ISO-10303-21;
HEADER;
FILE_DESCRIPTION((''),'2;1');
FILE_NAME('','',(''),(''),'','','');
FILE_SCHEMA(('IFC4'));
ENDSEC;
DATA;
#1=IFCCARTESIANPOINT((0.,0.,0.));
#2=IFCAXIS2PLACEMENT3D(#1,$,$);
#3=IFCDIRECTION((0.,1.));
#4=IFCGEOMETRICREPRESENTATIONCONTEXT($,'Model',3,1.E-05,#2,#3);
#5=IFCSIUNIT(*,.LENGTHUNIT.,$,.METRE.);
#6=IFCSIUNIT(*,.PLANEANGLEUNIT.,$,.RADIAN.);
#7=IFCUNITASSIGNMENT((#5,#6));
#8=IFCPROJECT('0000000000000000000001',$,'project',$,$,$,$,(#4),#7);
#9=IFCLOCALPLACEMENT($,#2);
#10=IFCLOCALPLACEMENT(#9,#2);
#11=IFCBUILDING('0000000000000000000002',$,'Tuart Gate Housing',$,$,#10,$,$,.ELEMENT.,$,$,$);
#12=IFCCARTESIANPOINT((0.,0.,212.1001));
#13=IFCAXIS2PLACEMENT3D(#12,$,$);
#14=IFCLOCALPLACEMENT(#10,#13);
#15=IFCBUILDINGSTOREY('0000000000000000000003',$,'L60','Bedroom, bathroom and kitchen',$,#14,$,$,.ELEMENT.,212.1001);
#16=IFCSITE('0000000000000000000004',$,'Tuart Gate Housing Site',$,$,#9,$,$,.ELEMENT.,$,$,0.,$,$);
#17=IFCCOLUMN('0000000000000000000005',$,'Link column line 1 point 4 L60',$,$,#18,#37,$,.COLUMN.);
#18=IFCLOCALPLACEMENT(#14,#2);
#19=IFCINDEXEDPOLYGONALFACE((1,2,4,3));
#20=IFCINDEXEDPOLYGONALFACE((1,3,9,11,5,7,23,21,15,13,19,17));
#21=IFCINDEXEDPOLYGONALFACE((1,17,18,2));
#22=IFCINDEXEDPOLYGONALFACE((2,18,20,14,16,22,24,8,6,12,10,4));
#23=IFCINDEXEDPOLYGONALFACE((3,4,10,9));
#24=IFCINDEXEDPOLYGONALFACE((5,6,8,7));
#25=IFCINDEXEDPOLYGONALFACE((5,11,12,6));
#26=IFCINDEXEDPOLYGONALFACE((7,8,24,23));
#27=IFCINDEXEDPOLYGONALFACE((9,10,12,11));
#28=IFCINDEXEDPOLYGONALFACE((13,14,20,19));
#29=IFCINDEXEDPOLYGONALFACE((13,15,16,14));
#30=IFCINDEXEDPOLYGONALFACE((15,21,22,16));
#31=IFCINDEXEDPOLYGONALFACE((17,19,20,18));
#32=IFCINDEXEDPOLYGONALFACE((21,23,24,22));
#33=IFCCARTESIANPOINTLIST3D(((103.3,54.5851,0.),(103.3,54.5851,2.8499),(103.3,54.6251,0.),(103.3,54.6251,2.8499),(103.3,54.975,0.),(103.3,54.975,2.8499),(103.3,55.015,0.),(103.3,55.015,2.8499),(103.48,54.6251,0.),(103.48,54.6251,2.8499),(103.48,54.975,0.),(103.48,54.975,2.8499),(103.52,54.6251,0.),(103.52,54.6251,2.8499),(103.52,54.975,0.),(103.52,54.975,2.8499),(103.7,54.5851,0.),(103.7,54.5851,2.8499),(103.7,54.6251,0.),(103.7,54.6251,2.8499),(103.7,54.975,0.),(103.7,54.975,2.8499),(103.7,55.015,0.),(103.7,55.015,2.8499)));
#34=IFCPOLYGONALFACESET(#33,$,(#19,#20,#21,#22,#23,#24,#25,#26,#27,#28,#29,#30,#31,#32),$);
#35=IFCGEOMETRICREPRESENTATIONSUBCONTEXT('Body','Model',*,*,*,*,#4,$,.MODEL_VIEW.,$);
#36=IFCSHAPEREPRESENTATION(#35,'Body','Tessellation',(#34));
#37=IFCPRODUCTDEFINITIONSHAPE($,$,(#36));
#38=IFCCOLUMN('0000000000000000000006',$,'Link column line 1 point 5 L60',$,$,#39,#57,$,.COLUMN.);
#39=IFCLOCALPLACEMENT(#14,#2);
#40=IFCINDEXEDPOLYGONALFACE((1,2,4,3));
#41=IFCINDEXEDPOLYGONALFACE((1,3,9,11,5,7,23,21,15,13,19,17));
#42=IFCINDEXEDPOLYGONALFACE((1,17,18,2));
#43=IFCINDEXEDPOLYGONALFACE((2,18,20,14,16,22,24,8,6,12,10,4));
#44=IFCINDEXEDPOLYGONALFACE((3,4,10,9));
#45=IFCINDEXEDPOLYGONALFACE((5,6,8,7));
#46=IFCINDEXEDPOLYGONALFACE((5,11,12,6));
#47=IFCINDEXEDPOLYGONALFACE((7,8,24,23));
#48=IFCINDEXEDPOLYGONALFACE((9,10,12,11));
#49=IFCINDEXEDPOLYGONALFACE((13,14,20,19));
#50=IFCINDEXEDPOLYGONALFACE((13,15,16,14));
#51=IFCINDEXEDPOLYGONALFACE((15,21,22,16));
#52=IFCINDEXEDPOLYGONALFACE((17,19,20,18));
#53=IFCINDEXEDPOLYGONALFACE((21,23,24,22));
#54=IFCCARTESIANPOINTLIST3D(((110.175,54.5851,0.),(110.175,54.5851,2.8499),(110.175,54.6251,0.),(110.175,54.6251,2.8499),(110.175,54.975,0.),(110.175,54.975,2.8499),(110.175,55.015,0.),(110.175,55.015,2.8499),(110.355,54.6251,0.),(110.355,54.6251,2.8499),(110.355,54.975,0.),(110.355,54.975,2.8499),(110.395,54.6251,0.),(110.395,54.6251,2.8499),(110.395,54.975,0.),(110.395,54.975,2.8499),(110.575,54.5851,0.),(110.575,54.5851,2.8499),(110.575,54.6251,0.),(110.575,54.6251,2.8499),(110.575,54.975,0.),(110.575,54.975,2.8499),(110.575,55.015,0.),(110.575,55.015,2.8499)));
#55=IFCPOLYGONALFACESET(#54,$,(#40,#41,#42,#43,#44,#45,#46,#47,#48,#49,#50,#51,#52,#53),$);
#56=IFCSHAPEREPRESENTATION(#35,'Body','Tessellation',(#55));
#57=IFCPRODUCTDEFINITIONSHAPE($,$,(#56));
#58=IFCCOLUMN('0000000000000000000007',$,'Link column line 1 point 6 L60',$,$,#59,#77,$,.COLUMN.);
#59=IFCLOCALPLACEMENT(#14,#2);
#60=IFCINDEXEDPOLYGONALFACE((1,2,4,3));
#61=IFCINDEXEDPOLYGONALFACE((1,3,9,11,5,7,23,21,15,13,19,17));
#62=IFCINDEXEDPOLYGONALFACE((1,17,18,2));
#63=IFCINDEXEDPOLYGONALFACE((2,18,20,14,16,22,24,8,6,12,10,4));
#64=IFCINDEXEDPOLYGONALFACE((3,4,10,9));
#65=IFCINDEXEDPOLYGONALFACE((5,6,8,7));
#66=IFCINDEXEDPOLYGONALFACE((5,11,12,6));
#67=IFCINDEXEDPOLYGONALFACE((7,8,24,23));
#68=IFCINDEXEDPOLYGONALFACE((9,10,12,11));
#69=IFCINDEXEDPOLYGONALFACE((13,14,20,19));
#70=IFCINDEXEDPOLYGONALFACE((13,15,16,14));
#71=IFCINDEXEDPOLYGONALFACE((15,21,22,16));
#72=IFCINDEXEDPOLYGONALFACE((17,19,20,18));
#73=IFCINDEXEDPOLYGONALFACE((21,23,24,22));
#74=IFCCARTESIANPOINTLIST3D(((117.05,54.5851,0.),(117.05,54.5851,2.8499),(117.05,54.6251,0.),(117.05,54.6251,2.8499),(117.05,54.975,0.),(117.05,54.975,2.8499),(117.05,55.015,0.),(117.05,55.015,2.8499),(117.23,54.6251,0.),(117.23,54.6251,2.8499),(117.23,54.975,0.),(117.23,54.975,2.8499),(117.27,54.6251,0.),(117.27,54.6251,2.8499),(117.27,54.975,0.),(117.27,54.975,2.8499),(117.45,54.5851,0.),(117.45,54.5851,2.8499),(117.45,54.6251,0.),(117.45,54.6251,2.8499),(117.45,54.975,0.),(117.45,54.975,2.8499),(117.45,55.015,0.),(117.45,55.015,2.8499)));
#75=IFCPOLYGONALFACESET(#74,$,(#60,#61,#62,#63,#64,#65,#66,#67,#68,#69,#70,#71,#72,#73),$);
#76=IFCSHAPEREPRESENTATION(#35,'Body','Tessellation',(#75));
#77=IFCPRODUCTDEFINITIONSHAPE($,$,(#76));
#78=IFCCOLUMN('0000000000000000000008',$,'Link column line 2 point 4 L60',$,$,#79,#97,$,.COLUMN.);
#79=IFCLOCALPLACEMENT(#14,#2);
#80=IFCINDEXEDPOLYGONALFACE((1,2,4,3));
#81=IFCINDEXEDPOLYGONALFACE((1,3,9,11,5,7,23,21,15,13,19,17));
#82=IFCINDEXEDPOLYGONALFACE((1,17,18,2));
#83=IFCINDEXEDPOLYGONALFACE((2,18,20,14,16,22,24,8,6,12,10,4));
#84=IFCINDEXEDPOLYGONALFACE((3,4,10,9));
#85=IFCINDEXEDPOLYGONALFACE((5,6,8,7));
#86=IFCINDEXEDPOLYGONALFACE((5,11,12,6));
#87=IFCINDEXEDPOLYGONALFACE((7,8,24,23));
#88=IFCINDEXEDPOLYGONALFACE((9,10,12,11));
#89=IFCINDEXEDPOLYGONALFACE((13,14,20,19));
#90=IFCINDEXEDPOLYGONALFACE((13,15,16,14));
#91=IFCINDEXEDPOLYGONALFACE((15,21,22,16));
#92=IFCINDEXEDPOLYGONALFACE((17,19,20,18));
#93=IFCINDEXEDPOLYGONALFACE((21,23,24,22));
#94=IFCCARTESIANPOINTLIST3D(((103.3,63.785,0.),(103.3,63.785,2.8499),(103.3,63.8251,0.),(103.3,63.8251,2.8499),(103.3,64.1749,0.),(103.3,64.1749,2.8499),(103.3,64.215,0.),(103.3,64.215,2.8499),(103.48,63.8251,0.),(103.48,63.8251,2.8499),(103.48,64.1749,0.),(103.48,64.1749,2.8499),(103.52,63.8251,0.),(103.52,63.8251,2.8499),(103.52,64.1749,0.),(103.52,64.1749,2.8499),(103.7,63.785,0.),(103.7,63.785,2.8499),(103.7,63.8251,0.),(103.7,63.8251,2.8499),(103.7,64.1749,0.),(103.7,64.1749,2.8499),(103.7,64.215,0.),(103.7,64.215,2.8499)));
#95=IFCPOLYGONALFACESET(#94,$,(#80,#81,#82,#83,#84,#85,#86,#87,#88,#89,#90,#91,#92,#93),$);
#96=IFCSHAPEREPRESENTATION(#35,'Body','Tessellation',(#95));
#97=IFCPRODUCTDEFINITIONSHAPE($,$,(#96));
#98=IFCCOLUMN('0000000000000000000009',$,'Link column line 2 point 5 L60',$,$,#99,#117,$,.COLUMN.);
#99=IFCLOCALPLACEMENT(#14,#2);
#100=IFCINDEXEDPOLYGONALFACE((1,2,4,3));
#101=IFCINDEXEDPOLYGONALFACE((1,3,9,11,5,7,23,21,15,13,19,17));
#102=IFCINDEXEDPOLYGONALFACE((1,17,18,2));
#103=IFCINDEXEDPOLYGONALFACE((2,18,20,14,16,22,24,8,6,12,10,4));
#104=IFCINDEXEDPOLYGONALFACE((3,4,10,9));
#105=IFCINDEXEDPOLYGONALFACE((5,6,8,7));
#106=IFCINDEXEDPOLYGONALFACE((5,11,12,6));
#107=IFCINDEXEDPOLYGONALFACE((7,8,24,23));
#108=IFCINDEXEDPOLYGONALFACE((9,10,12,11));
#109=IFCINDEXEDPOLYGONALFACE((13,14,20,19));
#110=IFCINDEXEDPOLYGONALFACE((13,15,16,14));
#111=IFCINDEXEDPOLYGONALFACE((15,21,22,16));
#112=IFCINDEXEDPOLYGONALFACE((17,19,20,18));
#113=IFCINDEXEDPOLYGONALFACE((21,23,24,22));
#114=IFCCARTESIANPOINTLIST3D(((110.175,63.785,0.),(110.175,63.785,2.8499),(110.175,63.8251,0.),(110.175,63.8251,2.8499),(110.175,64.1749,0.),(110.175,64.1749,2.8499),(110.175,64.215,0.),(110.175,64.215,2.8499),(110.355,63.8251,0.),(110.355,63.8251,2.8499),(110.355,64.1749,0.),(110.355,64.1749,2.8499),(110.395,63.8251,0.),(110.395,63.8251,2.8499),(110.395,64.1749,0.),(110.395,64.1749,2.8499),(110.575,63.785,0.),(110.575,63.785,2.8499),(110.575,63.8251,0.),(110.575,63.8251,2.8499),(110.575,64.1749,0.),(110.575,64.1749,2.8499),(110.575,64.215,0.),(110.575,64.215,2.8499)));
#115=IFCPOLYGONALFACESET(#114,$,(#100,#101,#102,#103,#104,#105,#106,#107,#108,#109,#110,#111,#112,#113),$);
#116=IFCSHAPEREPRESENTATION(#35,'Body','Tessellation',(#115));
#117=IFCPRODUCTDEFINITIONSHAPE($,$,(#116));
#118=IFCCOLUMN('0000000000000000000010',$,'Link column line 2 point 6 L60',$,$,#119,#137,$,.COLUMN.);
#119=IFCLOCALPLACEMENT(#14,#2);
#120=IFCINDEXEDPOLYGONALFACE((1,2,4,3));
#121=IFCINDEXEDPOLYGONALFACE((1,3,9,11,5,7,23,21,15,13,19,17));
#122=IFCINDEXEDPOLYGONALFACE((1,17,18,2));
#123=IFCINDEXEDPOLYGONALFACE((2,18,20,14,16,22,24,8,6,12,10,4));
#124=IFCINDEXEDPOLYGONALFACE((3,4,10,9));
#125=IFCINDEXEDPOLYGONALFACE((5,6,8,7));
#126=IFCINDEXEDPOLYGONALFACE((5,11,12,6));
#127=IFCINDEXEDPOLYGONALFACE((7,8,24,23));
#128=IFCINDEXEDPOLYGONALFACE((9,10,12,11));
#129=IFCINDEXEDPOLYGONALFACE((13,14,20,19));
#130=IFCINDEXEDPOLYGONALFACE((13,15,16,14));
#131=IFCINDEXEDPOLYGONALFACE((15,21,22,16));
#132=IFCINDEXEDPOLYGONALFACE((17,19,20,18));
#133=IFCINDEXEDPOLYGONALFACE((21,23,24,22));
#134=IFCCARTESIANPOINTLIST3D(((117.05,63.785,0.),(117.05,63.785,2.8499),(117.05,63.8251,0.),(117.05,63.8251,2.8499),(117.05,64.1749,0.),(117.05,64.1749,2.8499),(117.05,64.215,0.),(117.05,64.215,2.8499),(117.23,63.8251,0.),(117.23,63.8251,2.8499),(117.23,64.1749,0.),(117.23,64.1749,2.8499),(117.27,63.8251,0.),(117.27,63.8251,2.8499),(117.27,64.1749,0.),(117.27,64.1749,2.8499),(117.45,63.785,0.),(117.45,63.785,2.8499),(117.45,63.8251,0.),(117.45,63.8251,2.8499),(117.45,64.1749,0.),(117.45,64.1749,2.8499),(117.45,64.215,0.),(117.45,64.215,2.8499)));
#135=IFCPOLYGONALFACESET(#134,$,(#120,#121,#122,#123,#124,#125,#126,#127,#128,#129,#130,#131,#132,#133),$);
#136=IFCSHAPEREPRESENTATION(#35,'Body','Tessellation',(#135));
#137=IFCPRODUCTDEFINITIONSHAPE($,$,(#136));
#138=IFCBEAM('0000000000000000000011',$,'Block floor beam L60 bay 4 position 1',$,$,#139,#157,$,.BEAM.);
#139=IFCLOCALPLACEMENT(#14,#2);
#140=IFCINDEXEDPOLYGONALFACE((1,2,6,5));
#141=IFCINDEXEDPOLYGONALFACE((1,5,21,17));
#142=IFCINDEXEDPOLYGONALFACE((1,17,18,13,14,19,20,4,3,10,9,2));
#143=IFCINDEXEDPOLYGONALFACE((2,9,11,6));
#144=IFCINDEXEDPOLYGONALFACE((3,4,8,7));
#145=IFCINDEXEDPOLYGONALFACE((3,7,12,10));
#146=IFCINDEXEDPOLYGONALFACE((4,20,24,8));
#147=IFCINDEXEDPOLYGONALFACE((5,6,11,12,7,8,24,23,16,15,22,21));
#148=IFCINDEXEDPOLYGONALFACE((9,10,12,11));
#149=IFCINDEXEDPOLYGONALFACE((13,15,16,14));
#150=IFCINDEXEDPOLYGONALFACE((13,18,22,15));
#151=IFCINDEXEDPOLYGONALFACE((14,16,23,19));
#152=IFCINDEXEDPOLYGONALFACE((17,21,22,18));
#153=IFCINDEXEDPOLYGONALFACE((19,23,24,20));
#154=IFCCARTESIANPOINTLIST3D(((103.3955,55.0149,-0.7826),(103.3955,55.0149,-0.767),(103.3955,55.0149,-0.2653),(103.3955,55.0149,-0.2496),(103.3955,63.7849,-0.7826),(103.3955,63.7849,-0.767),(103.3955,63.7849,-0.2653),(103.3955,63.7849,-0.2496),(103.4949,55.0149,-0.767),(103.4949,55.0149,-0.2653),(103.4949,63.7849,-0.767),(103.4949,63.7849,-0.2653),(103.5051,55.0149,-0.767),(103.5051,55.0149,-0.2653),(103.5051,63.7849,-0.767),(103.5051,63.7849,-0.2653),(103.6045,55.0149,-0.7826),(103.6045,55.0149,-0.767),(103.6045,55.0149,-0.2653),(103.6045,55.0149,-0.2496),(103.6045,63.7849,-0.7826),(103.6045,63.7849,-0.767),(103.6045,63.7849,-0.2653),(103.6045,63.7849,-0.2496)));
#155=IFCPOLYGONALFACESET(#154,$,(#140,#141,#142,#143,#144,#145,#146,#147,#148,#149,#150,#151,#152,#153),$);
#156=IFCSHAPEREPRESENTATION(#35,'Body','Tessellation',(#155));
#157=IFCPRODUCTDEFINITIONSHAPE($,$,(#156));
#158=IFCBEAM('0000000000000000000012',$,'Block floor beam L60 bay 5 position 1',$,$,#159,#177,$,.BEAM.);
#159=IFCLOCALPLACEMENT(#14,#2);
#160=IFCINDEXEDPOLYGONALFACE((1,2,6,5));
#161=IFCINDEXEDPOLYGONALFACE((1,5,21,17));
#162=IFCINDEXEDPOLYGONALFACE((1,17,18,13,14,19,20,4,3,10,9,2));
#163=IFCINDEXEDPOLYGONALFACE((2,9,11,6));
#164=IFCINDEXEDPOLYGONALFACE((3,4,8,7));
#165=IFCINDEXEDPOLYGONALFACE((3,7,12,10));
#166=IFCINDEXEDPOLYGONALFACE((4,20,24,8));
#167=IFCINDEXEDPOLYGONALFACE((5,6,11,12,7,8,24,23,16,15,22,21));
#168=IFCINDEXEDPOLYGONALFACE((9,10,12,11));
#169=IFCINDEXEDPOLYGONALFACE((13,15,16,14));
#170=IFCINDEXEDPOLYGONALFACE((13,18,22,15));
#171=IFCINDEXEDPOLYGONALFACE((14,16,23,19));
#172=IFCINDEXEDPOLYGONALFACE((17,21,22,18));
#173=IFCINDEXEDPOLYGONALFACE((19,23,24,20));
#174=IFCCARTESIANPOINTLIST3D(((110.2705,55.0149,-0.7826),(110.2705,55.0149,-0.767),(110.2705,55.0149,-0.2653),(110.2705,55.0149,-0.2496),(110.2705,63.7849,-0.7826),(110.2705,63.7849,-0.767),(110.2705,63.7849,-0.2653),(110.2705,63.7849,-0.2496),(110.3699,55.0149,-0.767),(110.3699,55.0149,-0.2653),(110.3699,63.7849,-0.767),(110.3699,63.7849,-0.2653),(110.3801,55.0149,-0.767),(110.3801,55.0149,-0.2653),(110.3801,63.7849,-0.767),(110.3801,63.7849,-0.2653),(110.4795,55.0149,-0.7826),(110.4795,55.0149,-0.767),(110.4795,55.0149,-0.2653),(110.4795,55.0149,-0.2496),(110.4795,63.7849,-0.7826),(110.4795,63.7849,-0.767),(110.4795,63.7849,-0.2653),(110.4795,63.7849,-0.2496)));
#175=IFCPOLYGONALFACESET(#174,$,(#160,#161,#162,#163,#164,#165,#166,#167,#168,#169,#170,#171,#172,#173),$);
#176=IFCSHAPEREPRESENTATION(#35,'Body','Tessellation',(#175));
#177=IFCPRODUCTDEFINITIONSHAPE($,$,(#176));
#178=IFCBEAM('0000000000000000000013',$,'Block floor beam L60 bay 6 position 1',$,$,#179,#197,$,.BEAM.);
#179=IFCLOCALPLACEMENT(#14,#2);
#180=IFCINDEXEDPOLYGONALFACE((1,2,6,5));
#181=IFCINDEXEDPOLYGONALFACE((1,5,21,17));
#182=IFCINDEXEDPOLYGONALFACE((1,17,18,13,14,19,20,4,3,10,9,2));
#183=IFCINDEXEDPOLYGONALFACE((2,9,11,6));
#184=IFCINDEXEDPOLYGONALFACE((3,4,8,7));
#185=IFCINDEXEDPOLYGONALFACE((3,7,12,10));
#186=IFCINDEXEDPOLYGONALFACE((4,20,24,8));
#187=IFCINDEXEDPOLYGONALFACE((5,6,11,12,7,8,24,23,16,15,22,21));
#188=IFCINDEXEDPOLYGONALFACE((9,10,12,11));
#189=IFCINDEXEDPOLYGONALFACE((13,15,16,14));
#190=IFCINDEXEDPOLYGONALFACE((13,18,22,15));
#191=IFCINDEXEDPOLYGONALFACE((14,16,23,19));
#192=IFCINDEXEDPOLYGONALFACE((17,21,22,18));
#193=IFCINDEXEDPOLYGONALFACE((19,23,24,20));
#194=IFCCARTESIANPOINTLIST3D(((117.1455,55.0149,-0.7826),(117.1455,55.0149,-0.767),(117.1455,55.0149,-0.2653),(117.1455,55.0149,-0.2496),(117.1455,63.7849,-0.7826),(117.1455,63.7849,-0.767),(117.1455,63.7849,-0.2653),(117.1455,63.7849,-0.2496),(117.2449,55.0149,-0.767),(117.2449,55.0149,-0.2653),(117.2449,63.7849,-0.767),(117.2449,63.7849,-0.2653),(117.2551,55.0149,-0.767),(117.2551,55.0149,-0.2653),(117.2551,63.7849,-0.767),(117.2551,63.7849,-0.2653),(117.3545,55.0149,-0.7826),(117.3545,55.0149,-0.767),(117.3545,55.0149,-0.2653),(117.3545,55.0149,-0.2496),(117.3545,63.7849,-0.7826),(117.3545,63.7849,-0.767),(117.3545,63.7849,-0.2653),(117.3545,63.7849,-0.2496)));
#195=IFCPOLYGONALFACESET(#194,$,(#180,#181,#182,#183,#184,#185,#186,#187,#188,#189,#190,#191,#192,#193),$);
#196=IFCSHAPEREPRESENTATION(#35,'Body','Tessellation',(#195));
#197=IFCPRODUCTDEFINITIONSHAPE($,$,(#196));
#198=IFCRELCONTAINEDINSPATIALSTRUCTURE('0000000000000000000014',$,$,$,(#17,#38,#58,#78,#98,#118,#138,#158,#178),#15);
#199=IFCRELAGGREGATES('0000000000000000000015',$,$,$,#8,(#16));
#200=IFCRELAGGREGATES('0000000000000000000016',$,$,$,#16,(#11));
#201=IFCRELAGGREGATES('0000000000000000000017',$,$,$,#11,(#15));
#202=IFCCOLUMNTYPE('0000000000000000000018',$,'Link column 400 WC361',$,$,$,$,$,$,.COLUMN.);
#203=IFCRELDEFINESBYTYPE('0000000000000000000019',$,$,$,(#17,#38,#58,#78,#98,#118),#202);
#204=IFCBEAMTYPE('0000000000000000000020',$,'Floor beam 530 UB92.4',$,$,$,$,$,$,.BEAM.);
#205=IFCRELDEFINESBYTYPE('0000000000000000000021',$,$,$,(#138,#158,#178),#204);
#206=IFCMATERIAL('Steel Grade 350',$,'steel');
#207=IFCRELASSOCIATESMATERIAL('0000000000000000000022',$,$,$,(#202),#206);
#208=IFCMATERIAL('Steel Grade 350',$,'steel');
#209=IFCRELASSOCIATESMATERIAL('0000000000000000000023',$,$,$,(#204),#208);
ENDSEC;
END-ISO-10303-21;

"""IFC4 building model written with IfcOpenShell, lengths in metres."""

from ifc_helpers import new_model, si_unit, direction, frame, origin, origin_2d, place, context, subcontext, project, spatial, i_section, extrude, material, material_profile, profile_set, type_object, element, save


model = new_model("IFC4")

# Units and contexts
model_context = context("Model", 3, precision=1e-05, world=origin(), true_north=direction((0.0, 1.0)))
body_context = subcontext(model_context, "Body", "Model", "MODEL_VIEW")
ifc_project = project(units=[si_unit("LENGTHUNIT", "METRE"), si_unit("PLANEANGLEUNIT", "RADIAN")], contexts=[model_context])

# Site, building, storey
site_placement = place(None, origin())
site = spatial("IfcSite", under=ifc_project, at=site_placement, Name="Tuart Gate Housing Site", CompositionType="ELEMENT", RefElevation=0.0)
building_placement = place(site_placement, origin())
building = spatial("IfcBuilding", under=site, at=building_placement, Name="Tuart Gate Housing", CompositionType="ELEMENT")
storey_placement = place(building_placement, frame((0.0, 0.0, 212.1001)))
storey = spatial("IfcBuildingStorey", under=building, at=storey_placement, Name="L60", Description="Bedroom, bathroom and kitchen", CompositionType="ELEMENT", Elevation=212.1001)

# Columns
ifc_material_1 = material(Name="Steel Grade 350", Category="steel")
ifc_material_profile_1 = material_profile(ifc_material_1, i_section(OverallWidth=0.3999, OverallDepth=0.4299, WebThickness=0.04, FlangeThickness=0.04, at=origin_2d()), Name="400WC361")
ifc_profile_set_1 = profile_set([ifc_material_profile_1], Name="Steel Grade 350")
column_type = type_object("IfcColumnType", Name="Link column 400 WC361", PredefinedType="COLUMN", material=ifc_profile_set_1)
for number, where, z_axis, x_axis, name in (
    (1, (103.5, 54.8, 0.0), (0.0, 0.0, 1.0), (1.0, 0.0, 0.0), "Link column line 1 point 4 L60"),
    (2, (110.375, 54.8, 0.0), (0.0, 0.0, 1.0), (1.0, 0.0, 0.0), "Link column line 1 point 5 L60"),
    (3, (117.25, 54.8, 0.0), (0.0, 0.0, 1.0), (1.0, 0.0, 0.0), "Link column line 1 point 6 L60"),
    (4, (103.5, 64.0, 0.0), (0.0, 0.0, 1.0), (1.0, 0.0, 0.0), "Link column line 2 point 4 L60"),
    (5, (110.375, 64.0, 0.0), (0.0, 0.0, 1.0), (1.0, 0.0, 0.0), "Link column line 2 point 5 L60"),
    (6, (117.25, 64.0, 0.0), (0.0, 0.0, 1.0), (1.0, 0.0, 0.0), "Link column line 2 point 6 L60"),
):
    element("IfcColumn", number, at=place(storey_placement, frame(where, z_axis=z_axis, x_axis=x_axis)), inside=storey, type_object=column_type, Name=name, PredefinedType="COLUMN", context=body_context, shape_type="SweptSolid", body=[
        extrude(i_section(OverallWidth=0.3999, OverallDepth=0.4299, WebThickness=0.04, FlangeThickness=0.04, at=origin_2d()), origin(), (0.0, 0.0, 1.0), 2.8499),
    ])

# Beams
ifc_material_2 = material(Name="Steel Grade 350", Category="steel")
ifc_material_profile_2 = material_profile(ifc_material_2, i_section(OverallWidth=0.209, OverallDepth=0.533, WebThickness=0.0103, FlangeThickness=0.0156, at=origin_2d()), Name="530UB92.4")
ifc_profile_set_2 = profile_set([ifc_material_profile_2], Name="Steel Grade 350")
beam_type_1 = type_object("IfcBeamType", Name="Floor beam 530 UB92.4", PredefinedType="BEAM", material=ifc_profile_set_2)
for number, where, z_axis, x_axis, name in (
    (7, (103.5, 55.0149, -0.5161), (0.0, 1.0, 0.0), (-1.0, 0.0, 0.0), "Block floor beam L60 bay 4 position 1"),
    (8, (110.375, 55.0149, -0.5161), (0.0, 1.0, 0.0), (-1.0, 0.0, 0.0), "Block floor beam L60 bay 5 position 1"),
    (9, (117.25, 55.0149, -0.5161), (0.0, 1.0, 0.0), (-1.0, 0.0, 0.0), "Block floor beam L60 bay 6 position 1"),
):
    element("IfcBeam", number, at=place(storey_placement, frame(where, z_axis=z_axis, x_axis=x_axis)), inside=storey, type_object=beam_type_1, Name=name, PredefinedType="BEAM", context=body_context, shape_type="SweptSolid", body=[
        extrude(i_section(OverallWidth=0.209, OverallDepth=0.533, WebThickness=0.0103, FlangeThickness=0.0156, at=origin_2d()), origin(), (0.0, 0.0, 1.0), 8.77),
    ])

save(model, "model.ifc")
